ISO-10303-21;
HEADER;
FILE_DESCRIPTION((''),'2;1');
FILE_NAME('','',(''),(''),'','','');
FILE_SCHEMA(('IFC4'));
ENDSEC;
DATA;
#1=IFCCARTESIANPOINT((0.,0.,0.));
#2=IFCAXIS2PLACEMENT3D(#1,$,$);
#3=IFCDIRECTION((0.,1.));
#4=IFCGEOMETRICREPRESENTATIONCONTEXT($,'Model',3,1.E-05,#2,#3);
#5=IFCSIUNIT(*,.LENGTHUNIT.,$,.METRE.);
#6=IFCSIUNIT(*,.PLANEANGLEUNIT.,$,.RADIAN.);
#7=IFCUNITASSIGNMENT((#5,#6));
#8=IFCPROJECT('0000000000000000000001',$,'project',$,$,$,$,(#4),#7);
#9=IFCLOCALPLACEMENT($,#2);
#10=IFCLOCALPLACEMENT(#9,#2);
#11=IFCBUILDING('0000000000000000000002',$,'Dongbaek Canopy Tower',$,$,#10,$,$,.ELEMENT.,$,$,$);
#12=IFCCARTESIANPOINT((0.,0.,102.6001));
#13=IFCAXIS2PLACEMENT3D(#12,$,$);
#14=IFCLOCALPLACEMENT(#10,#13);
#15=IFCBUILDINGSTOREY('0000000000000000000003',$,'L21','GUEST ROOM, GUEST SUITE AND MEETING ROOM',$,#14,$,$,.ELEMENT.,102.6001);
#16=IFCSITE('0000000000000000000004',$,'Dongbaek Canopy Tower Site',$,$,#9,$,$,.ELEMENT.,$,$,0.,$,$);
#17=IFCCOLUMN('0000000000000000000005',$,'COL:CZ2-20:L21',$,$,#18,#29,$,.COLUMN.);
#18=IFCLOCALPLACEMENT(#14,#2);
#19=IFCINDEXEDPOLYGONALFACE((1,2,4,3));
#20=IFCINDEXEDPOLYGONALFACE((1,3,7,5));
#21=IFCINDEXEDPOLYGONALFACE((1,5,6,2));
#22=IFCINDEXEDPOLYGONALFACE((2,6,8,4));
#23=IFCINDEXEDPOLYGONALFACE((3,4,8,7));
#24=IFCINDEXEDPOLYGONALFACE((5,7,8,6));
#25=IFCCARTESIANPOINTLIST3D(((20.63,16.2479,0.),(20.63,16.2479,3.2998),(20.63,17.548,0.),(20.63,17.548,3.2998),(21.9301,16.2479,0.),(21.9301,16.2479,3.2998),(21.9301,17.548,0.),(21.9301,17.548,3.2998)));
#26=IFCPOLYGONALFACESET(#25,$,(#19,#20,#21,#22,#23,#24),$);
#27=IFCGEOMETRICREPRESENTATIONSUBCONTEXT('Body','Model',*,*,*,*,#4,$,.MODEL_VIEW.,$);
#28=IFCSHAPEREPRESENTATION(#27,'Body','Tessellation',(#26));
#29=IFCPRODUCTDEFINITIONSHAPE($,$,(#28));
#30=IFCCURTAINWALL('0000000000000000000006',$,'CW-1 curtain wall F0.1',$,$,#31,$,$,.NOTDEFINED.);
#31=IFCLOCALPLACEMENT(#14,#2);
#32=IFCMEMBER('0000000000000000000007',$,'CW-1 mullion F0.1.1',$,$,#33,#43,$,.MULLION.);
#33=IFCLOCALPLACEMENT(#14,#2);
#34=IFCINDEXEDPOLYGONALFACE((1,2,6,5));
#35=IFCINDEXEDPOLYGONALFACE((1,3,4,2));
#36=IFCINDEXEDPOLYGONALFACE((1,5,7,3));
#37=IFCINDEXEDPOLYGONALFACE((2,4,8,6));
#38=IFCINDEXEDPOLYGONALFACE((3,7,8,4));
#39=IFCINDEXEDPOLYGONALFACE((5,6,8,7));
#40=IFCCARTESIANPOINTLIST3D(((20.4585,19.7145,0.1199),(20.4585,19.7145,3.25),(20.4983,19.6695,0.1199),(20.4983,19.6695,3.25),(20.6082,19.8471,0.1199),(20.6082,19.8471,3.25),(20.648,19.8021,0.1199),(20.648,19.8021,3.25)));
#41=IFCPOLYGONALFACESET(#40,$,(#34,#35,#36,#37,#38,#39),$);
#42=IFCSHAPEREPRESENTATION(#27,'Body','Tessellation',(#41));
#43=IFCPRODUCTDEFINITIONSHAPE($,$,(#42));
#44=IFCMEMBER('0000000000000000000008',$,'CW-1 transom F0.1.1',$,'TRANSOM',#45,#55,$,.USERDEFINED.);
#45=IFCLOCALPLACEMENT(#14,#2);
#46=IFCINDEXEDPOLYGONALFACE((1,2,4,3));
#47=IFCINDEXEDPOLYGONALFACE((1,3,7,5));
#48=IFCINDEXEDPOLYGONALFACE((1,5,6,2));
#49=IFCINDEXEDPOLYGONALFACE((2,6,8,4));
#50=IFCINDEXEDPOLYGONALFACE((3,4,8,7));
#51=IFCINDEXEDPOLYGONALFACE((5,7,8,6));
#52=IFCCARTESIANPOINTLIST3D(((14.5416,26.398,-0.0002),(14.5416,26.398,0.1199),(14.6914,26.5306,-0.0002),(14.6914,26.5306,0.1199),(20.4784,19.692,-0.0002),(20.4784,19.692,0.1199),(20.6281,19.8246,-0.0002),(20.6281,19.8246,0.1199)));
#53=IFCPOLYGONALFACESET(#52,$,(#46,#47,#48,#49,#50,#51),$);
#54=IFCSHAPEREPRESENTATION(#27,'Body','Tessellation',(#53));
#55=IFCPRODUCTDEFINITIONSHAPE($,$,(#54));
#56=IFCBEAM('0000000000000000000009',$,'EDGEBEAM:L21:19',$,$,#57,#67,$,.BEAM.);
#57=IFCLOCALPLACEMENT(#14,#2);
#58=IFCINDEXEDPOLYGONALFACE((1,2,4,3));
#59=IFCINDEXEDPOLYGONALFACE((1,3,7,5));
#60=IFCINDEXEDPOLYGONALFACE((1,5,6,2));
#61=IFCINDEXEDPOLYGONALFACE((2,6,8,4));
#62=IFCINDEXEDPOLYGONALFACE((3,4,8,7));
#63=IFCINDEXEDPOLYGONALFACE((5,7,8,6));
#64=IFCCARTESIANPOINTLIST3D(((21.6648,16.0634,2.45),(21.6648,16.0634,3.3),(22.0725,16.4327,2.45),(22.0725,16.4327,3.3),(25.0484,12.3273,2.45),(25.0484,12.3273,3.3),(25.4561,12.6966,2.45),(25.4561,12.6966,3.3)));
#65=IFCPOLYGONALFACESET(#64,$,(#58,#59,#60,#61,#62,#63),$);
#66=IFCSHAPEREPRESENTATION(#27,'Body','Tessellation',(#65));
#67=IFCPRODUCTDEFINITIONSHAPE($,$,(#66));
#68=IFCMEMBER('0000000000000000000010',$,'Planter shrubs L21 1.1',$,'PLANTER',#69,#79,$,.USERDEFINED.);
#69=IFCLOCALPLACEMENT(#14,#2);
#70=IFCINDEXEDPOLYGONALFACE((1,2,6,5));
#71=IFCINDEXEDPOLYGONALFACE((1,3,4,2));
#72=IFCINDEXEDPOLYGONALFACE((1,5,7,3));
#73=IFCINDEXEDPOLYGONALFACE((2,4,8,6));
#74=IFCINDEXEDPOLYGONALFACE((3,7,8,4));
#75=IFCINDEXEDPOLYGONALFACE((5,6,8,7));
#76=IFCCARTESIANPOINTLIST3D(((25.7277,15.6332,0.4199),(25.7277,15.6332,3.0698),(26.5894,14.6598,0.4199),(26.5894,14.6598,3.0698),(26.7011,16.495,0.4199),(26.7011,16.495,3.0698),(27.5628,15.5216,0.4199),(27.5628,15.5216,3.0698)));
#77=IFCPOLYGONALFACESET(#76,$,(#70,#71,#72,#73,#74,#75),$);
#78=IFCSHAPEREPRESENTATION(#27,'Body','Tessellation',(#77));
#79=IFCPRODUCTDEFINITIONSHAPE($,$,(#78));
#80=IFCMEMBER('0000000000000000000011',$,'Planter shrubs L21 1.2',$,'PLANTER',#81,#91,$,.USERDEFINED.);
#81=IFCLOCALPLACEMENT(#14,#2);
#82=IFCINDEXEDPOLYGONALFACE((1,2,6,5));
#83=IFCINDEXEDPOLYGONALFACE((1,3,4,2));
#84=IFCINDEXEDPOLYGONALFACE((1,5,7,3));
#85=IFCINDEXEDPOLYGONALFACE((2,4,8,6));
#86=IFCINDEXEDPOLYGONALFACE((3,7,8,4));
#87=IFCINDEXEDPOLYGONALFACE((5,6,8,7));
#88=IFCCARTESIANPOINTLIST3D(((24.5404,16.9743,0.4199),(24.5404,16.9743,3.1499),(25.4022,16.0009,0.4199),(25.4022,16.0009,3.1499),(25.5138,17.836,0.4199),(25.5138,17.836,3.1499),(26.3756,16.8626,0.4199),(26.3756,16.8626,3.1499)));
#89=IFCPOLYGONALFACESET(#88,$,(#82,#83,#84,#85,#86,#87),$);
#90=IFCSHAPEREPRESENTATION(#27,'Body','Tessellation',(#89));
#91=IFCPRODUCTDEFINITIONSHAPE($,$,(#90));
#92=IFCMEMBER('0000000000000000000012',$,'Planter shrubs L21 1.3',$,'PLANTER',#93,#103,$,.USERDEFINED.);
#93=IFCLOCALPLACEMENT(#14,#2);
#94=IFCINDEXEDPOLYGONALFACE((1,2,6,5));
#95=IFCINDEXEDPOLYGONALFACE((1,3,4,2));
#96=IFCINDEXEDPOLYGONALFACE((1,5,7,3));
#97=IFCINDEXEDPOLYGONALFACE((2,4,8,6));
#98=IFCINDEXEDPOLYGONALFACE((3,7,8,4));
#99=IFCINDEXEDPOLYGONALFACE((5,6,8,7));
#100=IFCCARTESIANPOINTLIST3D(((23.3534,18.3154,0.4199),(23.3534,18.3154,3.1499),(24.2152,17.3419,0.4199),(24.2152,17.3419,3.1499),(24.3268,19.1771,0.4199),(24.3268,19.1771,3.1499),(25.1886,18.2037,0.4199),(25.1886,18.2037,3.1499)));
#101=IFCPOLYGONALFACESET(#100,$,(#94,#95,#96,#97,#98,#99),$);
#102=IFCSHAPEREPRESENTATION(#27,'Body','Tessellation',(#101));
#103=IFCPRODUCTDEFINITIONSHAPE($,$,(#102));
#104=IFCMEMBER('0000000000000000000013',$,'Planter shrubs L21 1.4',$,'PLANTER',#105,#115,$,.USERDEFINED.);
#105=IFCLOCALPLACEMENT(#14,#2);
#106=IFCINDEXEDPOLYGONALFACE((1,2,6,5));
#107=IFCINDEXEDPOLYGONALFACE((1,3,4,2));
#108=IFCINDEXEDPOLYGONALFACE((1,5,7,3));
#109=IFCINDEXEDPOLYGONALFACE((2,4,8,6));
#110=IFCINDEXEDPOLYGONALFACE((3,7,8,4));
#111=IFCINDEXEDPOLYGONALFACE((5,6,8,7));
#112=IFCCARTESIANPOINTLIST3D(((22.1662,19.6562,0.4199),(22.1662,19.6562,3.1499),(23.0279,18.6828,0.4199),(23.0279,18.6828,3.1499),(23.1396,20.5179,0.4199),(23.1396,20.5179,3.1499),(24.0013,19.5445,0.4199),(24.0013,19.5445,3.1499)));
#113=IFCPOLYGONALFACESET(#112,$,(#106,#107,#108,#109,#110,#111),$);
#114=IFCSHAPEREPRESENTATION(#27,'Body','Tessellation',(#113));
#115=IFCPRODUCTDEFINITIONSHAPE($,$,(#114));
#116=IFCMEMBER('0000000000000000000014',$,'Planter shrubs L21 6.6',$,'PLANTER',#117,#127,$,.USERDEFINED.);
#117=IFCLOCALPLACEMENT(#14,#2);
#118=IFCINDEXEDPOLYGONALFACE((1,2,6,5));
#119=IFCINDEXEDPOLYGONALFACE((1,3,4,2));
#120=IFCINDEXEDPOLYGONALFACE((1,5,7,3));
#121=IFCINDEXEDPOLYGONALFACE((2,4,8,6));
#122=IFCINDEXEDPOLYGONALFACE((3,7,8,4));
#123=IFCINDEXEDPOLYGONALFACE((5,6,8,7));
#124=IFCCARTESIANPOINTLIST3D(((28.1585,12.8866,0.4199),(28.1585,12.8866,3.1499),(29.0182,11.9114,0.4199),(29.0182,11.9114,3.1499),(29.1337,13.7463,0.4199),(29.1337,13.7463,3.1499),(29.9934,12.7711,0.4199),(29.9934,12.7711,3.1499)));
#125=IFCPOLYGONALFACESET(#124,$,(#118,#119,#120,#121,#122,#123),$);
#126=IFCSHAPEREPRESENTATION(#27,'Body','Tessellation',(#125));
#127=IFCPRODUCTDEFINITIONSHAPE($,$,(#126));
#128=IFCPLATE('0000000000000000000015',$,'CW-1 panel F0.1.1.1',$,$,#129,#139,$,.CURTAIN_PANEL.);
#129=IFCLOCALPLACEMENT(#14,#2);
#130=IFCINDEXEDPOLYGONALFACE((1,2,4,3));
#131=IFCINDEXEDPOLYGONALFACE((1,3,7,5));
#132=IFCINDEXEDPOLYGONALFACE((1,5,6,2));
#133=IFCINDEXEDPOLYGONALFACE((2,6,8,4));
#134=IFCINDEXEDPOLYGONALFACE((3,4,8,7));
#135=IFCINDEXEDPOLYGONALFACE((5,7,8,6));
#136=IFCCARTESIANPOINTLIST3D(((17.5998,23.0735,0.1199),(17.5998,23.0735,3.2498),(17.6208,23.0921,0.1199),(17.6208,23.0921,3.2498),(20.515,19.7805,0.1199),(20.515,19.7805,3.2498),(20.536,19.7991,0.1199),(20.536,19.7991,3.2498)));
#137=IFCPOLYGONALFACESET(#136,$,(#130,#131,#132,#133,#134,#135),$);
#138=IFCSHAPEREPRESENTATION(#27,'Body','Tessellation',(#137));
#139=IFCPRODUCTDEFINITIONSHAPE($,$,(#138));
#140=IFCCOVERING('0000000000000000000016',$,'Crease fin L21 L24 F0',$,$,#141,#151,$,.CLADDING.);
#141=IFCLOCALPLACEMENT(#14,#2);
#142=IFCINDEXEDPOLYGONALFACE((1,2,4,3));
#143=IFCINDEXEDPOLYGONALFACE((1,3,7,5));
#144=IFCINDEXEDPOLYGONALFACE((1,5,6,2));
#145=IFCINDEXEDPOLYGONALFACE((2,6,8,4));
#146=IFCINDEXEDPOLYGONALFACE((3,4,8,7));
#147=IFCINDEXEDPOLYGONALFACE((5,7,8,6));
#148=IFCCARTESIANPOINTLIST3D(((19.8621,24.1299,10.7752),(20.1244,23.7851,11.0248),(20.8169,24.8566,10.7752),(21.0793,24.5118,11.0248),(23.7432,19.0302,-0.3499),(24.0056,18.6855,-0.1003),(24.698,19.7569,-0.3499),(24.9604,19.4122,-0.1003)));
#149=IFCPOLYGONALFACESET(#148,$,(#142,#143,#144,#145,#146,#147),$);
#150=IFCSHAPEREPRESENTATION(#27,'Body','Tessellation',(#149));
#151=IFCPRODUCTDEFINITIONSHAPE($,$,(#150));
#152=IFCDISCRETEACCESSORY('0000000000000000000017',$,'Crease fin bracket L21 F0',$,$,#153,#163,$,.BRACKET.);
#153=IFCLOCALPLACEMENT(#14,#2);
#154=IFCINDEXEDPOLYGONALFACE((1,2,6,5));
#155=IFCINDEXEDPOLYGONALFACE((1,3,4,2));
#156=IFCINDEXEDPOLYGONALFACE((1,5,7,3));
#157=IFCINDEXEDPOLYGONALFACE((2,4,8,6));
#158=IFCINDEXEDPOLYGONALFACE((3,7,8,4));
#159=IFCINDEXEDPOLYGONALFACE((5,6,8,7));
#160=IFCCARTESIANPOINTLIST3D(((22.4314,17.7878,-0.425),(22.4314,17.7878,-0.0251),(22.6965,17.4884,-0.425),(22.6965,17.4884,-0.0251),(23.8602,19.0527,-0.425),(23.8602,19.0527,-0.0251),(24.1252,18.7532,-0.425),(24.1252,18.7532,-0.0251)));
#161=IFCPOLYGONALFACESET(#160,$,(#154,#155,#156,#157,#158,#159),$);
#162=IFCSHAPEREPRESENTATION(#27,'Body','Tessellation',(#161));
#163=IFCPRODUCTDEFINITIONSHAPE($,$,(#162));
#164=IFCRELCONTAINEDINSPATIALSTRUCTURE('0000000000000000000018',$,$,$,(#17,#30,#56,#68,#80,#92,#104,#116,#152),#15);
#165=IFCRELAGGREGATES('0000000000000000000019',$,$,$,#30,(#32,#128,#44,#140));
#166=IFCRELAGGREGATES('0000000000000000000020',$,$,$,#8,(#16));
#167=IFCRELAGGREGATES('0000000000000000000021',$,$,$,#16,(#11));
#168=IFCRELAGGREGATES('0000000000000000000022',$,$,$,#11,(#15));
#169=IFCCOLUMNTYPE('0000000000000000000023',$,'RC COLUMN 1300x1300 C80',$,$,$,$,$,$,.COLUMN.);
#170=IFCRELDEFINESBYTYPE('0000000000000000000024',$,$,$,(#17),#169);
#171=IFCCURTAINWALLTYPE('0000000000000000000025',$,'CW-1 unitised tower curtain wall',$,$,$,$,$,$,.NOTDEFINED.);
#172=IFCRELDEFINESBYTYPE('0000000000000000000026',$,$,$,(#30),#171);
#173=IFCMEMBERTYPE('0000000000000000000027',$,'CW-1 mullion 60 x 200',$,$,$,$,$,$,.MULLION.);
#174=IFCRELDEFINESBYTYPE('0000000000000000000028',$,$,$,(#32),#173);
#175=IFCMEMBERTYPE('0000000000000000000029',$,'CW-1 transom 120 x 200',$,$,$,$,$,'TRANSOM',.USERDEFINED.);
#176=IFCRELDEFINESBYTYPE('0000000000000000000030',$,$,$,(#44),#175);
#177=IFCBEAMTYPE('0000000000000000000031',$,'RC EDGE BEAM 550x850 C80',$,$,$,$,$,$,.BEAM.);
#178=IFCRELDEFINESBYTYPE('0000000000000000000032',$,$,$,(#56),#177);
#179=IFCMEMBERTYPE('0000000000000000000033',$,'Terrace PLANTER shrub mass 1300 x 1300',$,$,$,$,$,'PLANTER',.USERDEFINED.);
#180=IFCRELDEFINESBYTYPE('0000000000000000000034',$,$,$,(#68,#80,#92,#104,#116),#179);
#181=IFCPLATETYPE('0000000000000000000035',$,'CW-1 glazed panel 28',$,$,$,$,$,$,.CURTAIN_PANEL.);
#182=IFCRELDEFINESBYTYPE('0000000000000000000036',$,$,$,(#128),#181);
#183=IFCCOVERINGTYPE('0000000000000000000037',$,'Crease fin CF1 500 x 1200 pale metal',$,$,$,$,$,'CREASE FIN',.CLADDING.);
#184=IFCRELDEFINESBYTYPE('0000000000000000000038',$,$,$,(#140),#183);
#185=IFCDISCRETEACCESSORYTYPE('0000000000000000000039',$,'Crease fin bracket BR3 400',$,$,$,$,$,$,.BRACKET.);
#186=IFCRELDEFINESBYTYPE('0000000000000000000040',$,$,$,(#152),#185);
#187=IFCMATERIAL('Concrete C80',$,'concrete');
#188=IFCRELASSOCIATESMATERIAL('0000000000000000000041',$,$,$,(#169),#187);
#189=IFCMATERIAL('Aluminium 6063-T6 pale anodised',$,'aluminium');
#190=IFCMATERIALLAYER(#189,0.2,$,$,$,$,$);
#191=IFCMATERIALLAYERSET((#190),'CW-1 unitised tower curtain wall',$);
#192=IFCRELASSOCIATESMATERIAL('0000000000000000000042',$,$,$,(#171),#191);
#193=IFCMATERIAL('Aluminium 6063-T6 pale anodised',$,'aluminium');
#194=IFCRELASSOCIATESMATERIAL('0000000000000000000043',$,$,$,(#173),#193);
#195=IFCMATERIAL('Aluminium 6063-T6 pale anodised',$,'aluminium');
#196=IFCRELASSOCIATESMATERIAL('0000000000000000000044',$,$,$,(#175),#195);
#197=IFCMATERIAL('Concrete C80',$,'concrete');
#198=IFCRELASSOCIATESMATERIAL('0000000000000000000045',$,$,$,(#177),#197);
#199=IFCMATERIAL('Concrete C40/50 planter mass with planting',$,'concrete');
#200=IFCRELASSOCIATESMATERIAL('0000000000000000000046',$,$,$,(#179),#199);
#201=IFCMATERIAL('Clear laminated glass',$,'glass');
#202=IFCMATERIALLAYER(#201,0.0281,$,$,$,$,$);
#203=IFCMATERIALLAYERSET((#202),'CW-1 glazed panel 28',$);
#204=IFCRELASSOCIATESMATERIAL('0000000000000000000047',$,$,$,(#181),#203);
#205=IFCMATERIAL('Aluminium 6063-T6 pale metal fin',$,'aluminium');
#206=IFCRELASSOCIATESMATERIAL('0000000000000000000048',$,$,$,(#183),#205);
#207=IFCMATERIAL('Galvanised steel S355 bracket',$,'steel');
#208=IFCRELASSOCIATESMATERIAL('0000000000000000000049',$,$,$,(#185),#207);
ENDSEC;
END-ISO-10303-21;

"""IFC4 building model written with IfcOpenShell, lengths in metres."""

from ifc_helpers import new_model, si_unit, direction, frame, origin, origin_2d, place, context, subcontext, project, spatial, rectangle, extrude, material, layer, layer_set, material_profile, profile_set, type_object, element, aggregate, save


model = new_model("IFC4")

# Units and contexts
model_context = context("Model", 3, precision=1e-05, world=origin(), true_north=direction((0.0, 1.0)))
body_context = subcontext(model_context, "Body", "Model", "MODEL_VIEW")
ifc_project = project(units=[si_unit("LENGTHUNIT", "METRE"), si_unit("PLANEANGLEUNIT", "RADIAN")], contexts=[model_context])

# Site, building, storey
site_placement = place(None, origin())
site = spatial("IfcSite", under=ifc_project, at=site_placement, Name="Dongbaek Canopy Tower Site", CompositionType="ELEMENT", RefElevation=0.0)
building_placement = place(site_placement, origin())
building = spatial("IfcBuilding", under=site, at=building_placement, Name="Dongbaek Canopy Tower", CompositionType="ELEMENT")
storey_placement = place(building_placement, frame((0.0, 0.0, 102.6001)))
storey = spatial("IfcBuildingStorey", under=building, at=storey_placement, Name="L21", Description="GUEST ROOM, GUEST SUITE AND MEETING ROOM", CompositionType="ELEMENT", Elevation=102.6001)

# Column
ifc_material_1 = material(Name="Concrete C80", Category="concrete")
ifc_material_profile_1 = material_profile(ifc_material_1, rectangle(XDim=1.3, YDim=1.3, at=origin_2d()), Name="RC COLUMN 1300x1300 C80")
ifc_profile_set_1 = profile_set([ifc_material_profile_1], Name="Concrete C80")
column_type = type_object("IfcColumnType", Name="RC COLUMN 1300x1300 C80", PredefinedType="COLUMN", material=ifc_profile_set_1)
column_placement = place(storey_placement, frame((21.28, 16.8979, 0.0), z_axis=(0.0, 0.0, 1.0), x_axis=(1.0, 0.0, 0.0)))
element("IfcColumn", 1, at=column_placement, inside=storey, type_object=column_type, Name="COL:CZ2-20:L21", PredefinedType="COLUMN", context=body_context, shape_type="SweptSolid", body=[
    extrude(rectangle(XDim=1.3, YDim=1.3, at=origin_2d()), origin(), (0.0, 0.0, 1.0), 3.2998),
])

# Curtain wall, members
ifc_material_2 = material(Name="Aluminium 6063-T6 pale anodised", Category="aluminium")
ifc_layer_1 = layer(ifc_material_2, 0.2)
ifc_layer_set_1 = layer_set([ifc_layer_1], Name="CW-1 unitised tower curtain wall")
curtain_wall_type = type_object("IfcCurtainWallType", Name="CW-1 unitised tower curtain wall", PredefinedType="NOTDEFINED", material=ifc_layer_set_1)
curtain_wall_placement = place(storey_placement, origin())
curtain_wall = element("IfcCurtainWall", 2, at=curtain_wall_placement, inside=storey, type_object=curtain_wall_type, Name="CW-1 curtain wall F0.1", PredefinedType="NOTDEFINED")
ifc_material_3 = material(Name="Aluminium 6063-T6 pale anodised", Category="aluminium")
ifc_material_profile_2 = material_profile(ifc_material_3, rectangle(XDim=0.2, YDim=0.0601, at=origin_2d()), Name="CW-1 mullion 60 x 200")
ifc_profile_set_2 = profile_set([ifc_material_profile_2], Name="Aluminium 6063-T6 pale anodised")
member_type_1 = type_object("IfcMemberType", Name="CW-1 mullion 60 x 200", PredefinedType="MULLION", material=ifc_profile_set_2)
member_1_placement = place(storey_placement, frame((20.5532, 19.7583, 0.1199), z_axis=(0.0, 0.0, 1.0), x_axis=(0.748749, 0.662854, 0.0)))
member_1 = element("IfcMember", 3, at=member_1_placement, type_object=member_type_1, Name="CW-1 mullion F0.1.1", PredefinedType="MULLION", context=body_context, shape_type="SweptSolid", body=[
    extrude(rectangle(XDim=0.2, YDim=0.0601, at=origin_2d()), origin(), (0.0, 0.0, 1.0), 3.1301),
])
ifc_material_4 = material(Name="Aluminium 6063-T6 pale anodised", Category="aluminium")
ifc_material_profile_3 = material_profile(ifc_material_4, rectangle(XDim=0.2, YDim=0.1201, at=origin_2d()), Name="CW-1 transom 120 x 200")
ifc_profile_set_3 = profile_set([ifc_material_profile_3], Name="Aluminium 6063-T6 pale anodised")
member_type_2 = type_object("IfcMemberType", Name="CW-1 transom 120 x 200", ElementType="TRANSOM", PredefinedType="USERDEFINED", material=ifc_profile_set_3)
member_2_placement = place(storey_placement, frame((20.5532, 19.7583, 0.0598), z_axis=(-0.662855, 0.748748, 0.0), x_axis=(-0.748748, -0.662855, 0.0)))
member_2 = element("IfcMember", 4, at=member_2_placement, type_object=member_type_2, Name="CW-1 transom F0.1.1", ObjectType="TRANSOM", PredefinedType="USERDEFINED", context=body_context, shape_type="SweptSolid", body=[
    extrude(rectangle(XDim=0.2, YDim=0.1201, at=origin_2d()), origin(), (0.0, 0.0, 1.0), 8.9563),
])

# Beam
ifc_material_5 = material(Name="Concrete C80", Category="concrete")
ifc_material_profile_4 = material_profile(ifc_material_5, rectangle(XDim=0.55, YDim=0.8501, at=origin_2d()), Name="RC EDGE BEAM 550x850 C80")
ifc_profile_set_4 = profile_set([ifc_material_profile_4], Name="Concrete C80")
beam_type = type_object("IfcBeamType", Name="RC EDGE BEAM 550x850 C80", PredefinedType="BEAM", material=ifc_profile_set_4)
beam_placement = place(storey_placement, frame((21.8687, 16.248, 2.875), z_axis=(0.671271, -0.741212, 0.0), x_axis=(0.741212, 0.671271, 0.0)))
element("IfcBeam", 5, at=beam_placement, inside=storey, type_object=beam_type, Name="EDGEBEAM:L21:19", PredefinedType="BEAM", context=body_context, shape_type="SweptSolid", body=[
    extrude(rectangle(XDim=0.55, YDim=0.8501, at=origin_2d()), origin(), (0.0, 0.0, 1.0), 5.0405),
])

# Members
ifc_material_6 = material(Name="Concrete C40/50 planter mass with planting", Category="concrete")
ifc_material_profile_5 = material_profile(ifc_material_6, rectangle(XDim=1.3, YDim=1.3, at=origin_2d()), Name="Terrace PLANTER shrub mass 1300 x 1300")
ifc_profile_set_5 = profile_set([ifc_material_profile_5], Name="Concrete C40/50 planter mass with planting")
member_type_3 = type_object("IfcMemberType", Name="Terrace PLANTER shrub mass 1300 x 1300", ElementType="PLANTER", PredefinedType="USERDEFINED", material=ifc_profile_set_5)
member_3_placement = place(storey_placement, frame((26.6453, 15.5774, 0.4199), z_axis=(0.0, 0.0, 1.0), x_axis=(0.748749, 0.662854, 0.0)))
element("IfcMember", 6, at=member_3_placement, inside=storey, type_object=member_type_3, Name="Planter shrubs L21 1.1", ObjectType="PLANTER", PredefinedType="USERDEFINED", context=body_context, shape_type="SweptSolid", body=[
    extrude(rectangle(XDim=1.3, YDim=1.3, at=origin_2d()), origin(), (0.0, 0.0, 1.0), 2.6499),
])
for number, where, z_axis, x_axis, name in (
    (7, (25.458, 16.9185, 0.4199), (0.0, 0.0, 1.0), (0.748749, 0.662854, 0.0), "Planter shrubs L21 1.2"),
    (8, (24.271, 18.2595, 0.4199), (0.0, 0.0, 1.0), (0.748749, 0.662854, 0.0), "Planter shrubs L21 1.3"),
    (9, (23.0837, 19.6003, 0.4199), (0.0, 0.0, 1.0), (0.748749, 0.662854, 0.0), "Planter shrubs L21 1.4"),
    (10, (29.0759, 12.8289, 0.4199), (0.0, 0.0, 1.0), (0.75015, 0.661267, 0.0), "Planter shrubs L21 6.6"),
):
    element("IfcMember", number, at=place(storey_placement, frame(where, z_axis=z_axis, x_axis=x_axis)), inside=storey, type_object=member_type_3, Name=name, ObjectType="PLANTER", PredefinedType="USERDEFINED", context=body_context, shape_type="SweptSolid", body=[
        extrude(rectangle(XDim=1.3, YDim=1.3, at=origin_2d()), origin(), (0.0, 0.0, 1.0), 2.73),
    ])

# Plate
ifc_material_7 = material(Name="Clear laminated glass", Category="glass")
ifc_layer_2 = layer(ifc_material_7, 0.0281)
ifc_layer_set_2 = layer_set([ifc_layer_2], Name="CW-1 glazed panel 28")
plate_type = type_object("IfcPlateType", Name="CW-1 glazed panel 28", PredefinedType="CURTAIN_PANEL", material=ifc_layer_set_2)
plate_placement = place(storey_placement, frame((19.0679, 21.4363, 0.1199), z_axis=(0.0, 0.0, 1.0), x_axis=(-0.662854, 0.748749, 0.0)))
plate = element("IfcPlate", 11, at=plate_placement, type_object=plate_type, Name="CW-1 panel F0.1.1.1", PredefinedType="CURTAIN_PANEL", context=body_context, shape_type="SweptSolid", body=[
    extrude(rectangle(XDim=4.3979, YDim=0.0281, at=origin_2d()), origin(), (0.0, 0.0, 1.0), 3.1299),
])

# Covering
ifc_material_8 = material(Name="Aluminium 6063-T6 pale metal fin", Category="aluminium")
ifc_material_profile_6 = material_profile(ifc_material_8, rectangle(XDim=1.2, YDim=0.5, at=origin_2d()), Name="Crease fin CF1 500 x 1200 pale metal")
ifc_profile_set_6 = profile_set([ifc_material_profile_6], Name="Aluminium 6063-T6 pale metal fin")
covering_type = type_object("IfcCoveringType", Name="Crease fin CF1 500 x 1200 pale metal", ElementType="CREASE FIN", PredefinedType="CLADDING", material=ifc_profile_set_6)
covering_placement = place(storey_placement, frame((24.3518, 19.2212, -0.2251), z_axis=(-0.302295, 0.397203, 0.866514), x_axis=(-0.795756, -0.605617, 0.0)))
covering = element("IfcCovering", 12, at=covering_placement, type_object=covering_type, Name="Crease fin L21 L24 F0", PredefinedType="CLADDING", context=body_context, shape_type="SweptSolid", body=[
    extrude(rectangle(XDim=1.2, YDim=0.5, at=origin_2d()), origin(), (0.0, 0.0, 1.0), 12.8389),
])
aggregate(curtain_wall, [member_1, plate, member_2, covering])

# Discrete accessory
ifc_material_9 = material(Name="Galvanised steel S355 bracket", Category="steel")
discrete_accessory_type = type_object("IfcDiscreteAccessoryType", Name="Crease fin bracket BR3 400", PredefinedType="BRACKET", material=ifc_material_9)
discrete_accessory_placement = place(storey_placement, frame((23.2783, 18.2705, -0.425), z_axis=(0.0, 0.0, 1.0), x_axis=(0.748749, 0.662854, 0.0)))
element("IfcDiscreteAccessory", 13, at=discrete_accessory_placement, inside=storey, type_object=discrete_accessory_type, Name="Crease fin bracket L21 F0", PredefinedType="BRACKET", context=body_context, shape_type="SweptSolid", body=[
    extrude(rectangle(XDim=1.9082, YDim=0.3999, at=origin_2d()), origin(), (0.0, 0.0, 1.0), 0.3999),
])

save(model, "model.ifc")
